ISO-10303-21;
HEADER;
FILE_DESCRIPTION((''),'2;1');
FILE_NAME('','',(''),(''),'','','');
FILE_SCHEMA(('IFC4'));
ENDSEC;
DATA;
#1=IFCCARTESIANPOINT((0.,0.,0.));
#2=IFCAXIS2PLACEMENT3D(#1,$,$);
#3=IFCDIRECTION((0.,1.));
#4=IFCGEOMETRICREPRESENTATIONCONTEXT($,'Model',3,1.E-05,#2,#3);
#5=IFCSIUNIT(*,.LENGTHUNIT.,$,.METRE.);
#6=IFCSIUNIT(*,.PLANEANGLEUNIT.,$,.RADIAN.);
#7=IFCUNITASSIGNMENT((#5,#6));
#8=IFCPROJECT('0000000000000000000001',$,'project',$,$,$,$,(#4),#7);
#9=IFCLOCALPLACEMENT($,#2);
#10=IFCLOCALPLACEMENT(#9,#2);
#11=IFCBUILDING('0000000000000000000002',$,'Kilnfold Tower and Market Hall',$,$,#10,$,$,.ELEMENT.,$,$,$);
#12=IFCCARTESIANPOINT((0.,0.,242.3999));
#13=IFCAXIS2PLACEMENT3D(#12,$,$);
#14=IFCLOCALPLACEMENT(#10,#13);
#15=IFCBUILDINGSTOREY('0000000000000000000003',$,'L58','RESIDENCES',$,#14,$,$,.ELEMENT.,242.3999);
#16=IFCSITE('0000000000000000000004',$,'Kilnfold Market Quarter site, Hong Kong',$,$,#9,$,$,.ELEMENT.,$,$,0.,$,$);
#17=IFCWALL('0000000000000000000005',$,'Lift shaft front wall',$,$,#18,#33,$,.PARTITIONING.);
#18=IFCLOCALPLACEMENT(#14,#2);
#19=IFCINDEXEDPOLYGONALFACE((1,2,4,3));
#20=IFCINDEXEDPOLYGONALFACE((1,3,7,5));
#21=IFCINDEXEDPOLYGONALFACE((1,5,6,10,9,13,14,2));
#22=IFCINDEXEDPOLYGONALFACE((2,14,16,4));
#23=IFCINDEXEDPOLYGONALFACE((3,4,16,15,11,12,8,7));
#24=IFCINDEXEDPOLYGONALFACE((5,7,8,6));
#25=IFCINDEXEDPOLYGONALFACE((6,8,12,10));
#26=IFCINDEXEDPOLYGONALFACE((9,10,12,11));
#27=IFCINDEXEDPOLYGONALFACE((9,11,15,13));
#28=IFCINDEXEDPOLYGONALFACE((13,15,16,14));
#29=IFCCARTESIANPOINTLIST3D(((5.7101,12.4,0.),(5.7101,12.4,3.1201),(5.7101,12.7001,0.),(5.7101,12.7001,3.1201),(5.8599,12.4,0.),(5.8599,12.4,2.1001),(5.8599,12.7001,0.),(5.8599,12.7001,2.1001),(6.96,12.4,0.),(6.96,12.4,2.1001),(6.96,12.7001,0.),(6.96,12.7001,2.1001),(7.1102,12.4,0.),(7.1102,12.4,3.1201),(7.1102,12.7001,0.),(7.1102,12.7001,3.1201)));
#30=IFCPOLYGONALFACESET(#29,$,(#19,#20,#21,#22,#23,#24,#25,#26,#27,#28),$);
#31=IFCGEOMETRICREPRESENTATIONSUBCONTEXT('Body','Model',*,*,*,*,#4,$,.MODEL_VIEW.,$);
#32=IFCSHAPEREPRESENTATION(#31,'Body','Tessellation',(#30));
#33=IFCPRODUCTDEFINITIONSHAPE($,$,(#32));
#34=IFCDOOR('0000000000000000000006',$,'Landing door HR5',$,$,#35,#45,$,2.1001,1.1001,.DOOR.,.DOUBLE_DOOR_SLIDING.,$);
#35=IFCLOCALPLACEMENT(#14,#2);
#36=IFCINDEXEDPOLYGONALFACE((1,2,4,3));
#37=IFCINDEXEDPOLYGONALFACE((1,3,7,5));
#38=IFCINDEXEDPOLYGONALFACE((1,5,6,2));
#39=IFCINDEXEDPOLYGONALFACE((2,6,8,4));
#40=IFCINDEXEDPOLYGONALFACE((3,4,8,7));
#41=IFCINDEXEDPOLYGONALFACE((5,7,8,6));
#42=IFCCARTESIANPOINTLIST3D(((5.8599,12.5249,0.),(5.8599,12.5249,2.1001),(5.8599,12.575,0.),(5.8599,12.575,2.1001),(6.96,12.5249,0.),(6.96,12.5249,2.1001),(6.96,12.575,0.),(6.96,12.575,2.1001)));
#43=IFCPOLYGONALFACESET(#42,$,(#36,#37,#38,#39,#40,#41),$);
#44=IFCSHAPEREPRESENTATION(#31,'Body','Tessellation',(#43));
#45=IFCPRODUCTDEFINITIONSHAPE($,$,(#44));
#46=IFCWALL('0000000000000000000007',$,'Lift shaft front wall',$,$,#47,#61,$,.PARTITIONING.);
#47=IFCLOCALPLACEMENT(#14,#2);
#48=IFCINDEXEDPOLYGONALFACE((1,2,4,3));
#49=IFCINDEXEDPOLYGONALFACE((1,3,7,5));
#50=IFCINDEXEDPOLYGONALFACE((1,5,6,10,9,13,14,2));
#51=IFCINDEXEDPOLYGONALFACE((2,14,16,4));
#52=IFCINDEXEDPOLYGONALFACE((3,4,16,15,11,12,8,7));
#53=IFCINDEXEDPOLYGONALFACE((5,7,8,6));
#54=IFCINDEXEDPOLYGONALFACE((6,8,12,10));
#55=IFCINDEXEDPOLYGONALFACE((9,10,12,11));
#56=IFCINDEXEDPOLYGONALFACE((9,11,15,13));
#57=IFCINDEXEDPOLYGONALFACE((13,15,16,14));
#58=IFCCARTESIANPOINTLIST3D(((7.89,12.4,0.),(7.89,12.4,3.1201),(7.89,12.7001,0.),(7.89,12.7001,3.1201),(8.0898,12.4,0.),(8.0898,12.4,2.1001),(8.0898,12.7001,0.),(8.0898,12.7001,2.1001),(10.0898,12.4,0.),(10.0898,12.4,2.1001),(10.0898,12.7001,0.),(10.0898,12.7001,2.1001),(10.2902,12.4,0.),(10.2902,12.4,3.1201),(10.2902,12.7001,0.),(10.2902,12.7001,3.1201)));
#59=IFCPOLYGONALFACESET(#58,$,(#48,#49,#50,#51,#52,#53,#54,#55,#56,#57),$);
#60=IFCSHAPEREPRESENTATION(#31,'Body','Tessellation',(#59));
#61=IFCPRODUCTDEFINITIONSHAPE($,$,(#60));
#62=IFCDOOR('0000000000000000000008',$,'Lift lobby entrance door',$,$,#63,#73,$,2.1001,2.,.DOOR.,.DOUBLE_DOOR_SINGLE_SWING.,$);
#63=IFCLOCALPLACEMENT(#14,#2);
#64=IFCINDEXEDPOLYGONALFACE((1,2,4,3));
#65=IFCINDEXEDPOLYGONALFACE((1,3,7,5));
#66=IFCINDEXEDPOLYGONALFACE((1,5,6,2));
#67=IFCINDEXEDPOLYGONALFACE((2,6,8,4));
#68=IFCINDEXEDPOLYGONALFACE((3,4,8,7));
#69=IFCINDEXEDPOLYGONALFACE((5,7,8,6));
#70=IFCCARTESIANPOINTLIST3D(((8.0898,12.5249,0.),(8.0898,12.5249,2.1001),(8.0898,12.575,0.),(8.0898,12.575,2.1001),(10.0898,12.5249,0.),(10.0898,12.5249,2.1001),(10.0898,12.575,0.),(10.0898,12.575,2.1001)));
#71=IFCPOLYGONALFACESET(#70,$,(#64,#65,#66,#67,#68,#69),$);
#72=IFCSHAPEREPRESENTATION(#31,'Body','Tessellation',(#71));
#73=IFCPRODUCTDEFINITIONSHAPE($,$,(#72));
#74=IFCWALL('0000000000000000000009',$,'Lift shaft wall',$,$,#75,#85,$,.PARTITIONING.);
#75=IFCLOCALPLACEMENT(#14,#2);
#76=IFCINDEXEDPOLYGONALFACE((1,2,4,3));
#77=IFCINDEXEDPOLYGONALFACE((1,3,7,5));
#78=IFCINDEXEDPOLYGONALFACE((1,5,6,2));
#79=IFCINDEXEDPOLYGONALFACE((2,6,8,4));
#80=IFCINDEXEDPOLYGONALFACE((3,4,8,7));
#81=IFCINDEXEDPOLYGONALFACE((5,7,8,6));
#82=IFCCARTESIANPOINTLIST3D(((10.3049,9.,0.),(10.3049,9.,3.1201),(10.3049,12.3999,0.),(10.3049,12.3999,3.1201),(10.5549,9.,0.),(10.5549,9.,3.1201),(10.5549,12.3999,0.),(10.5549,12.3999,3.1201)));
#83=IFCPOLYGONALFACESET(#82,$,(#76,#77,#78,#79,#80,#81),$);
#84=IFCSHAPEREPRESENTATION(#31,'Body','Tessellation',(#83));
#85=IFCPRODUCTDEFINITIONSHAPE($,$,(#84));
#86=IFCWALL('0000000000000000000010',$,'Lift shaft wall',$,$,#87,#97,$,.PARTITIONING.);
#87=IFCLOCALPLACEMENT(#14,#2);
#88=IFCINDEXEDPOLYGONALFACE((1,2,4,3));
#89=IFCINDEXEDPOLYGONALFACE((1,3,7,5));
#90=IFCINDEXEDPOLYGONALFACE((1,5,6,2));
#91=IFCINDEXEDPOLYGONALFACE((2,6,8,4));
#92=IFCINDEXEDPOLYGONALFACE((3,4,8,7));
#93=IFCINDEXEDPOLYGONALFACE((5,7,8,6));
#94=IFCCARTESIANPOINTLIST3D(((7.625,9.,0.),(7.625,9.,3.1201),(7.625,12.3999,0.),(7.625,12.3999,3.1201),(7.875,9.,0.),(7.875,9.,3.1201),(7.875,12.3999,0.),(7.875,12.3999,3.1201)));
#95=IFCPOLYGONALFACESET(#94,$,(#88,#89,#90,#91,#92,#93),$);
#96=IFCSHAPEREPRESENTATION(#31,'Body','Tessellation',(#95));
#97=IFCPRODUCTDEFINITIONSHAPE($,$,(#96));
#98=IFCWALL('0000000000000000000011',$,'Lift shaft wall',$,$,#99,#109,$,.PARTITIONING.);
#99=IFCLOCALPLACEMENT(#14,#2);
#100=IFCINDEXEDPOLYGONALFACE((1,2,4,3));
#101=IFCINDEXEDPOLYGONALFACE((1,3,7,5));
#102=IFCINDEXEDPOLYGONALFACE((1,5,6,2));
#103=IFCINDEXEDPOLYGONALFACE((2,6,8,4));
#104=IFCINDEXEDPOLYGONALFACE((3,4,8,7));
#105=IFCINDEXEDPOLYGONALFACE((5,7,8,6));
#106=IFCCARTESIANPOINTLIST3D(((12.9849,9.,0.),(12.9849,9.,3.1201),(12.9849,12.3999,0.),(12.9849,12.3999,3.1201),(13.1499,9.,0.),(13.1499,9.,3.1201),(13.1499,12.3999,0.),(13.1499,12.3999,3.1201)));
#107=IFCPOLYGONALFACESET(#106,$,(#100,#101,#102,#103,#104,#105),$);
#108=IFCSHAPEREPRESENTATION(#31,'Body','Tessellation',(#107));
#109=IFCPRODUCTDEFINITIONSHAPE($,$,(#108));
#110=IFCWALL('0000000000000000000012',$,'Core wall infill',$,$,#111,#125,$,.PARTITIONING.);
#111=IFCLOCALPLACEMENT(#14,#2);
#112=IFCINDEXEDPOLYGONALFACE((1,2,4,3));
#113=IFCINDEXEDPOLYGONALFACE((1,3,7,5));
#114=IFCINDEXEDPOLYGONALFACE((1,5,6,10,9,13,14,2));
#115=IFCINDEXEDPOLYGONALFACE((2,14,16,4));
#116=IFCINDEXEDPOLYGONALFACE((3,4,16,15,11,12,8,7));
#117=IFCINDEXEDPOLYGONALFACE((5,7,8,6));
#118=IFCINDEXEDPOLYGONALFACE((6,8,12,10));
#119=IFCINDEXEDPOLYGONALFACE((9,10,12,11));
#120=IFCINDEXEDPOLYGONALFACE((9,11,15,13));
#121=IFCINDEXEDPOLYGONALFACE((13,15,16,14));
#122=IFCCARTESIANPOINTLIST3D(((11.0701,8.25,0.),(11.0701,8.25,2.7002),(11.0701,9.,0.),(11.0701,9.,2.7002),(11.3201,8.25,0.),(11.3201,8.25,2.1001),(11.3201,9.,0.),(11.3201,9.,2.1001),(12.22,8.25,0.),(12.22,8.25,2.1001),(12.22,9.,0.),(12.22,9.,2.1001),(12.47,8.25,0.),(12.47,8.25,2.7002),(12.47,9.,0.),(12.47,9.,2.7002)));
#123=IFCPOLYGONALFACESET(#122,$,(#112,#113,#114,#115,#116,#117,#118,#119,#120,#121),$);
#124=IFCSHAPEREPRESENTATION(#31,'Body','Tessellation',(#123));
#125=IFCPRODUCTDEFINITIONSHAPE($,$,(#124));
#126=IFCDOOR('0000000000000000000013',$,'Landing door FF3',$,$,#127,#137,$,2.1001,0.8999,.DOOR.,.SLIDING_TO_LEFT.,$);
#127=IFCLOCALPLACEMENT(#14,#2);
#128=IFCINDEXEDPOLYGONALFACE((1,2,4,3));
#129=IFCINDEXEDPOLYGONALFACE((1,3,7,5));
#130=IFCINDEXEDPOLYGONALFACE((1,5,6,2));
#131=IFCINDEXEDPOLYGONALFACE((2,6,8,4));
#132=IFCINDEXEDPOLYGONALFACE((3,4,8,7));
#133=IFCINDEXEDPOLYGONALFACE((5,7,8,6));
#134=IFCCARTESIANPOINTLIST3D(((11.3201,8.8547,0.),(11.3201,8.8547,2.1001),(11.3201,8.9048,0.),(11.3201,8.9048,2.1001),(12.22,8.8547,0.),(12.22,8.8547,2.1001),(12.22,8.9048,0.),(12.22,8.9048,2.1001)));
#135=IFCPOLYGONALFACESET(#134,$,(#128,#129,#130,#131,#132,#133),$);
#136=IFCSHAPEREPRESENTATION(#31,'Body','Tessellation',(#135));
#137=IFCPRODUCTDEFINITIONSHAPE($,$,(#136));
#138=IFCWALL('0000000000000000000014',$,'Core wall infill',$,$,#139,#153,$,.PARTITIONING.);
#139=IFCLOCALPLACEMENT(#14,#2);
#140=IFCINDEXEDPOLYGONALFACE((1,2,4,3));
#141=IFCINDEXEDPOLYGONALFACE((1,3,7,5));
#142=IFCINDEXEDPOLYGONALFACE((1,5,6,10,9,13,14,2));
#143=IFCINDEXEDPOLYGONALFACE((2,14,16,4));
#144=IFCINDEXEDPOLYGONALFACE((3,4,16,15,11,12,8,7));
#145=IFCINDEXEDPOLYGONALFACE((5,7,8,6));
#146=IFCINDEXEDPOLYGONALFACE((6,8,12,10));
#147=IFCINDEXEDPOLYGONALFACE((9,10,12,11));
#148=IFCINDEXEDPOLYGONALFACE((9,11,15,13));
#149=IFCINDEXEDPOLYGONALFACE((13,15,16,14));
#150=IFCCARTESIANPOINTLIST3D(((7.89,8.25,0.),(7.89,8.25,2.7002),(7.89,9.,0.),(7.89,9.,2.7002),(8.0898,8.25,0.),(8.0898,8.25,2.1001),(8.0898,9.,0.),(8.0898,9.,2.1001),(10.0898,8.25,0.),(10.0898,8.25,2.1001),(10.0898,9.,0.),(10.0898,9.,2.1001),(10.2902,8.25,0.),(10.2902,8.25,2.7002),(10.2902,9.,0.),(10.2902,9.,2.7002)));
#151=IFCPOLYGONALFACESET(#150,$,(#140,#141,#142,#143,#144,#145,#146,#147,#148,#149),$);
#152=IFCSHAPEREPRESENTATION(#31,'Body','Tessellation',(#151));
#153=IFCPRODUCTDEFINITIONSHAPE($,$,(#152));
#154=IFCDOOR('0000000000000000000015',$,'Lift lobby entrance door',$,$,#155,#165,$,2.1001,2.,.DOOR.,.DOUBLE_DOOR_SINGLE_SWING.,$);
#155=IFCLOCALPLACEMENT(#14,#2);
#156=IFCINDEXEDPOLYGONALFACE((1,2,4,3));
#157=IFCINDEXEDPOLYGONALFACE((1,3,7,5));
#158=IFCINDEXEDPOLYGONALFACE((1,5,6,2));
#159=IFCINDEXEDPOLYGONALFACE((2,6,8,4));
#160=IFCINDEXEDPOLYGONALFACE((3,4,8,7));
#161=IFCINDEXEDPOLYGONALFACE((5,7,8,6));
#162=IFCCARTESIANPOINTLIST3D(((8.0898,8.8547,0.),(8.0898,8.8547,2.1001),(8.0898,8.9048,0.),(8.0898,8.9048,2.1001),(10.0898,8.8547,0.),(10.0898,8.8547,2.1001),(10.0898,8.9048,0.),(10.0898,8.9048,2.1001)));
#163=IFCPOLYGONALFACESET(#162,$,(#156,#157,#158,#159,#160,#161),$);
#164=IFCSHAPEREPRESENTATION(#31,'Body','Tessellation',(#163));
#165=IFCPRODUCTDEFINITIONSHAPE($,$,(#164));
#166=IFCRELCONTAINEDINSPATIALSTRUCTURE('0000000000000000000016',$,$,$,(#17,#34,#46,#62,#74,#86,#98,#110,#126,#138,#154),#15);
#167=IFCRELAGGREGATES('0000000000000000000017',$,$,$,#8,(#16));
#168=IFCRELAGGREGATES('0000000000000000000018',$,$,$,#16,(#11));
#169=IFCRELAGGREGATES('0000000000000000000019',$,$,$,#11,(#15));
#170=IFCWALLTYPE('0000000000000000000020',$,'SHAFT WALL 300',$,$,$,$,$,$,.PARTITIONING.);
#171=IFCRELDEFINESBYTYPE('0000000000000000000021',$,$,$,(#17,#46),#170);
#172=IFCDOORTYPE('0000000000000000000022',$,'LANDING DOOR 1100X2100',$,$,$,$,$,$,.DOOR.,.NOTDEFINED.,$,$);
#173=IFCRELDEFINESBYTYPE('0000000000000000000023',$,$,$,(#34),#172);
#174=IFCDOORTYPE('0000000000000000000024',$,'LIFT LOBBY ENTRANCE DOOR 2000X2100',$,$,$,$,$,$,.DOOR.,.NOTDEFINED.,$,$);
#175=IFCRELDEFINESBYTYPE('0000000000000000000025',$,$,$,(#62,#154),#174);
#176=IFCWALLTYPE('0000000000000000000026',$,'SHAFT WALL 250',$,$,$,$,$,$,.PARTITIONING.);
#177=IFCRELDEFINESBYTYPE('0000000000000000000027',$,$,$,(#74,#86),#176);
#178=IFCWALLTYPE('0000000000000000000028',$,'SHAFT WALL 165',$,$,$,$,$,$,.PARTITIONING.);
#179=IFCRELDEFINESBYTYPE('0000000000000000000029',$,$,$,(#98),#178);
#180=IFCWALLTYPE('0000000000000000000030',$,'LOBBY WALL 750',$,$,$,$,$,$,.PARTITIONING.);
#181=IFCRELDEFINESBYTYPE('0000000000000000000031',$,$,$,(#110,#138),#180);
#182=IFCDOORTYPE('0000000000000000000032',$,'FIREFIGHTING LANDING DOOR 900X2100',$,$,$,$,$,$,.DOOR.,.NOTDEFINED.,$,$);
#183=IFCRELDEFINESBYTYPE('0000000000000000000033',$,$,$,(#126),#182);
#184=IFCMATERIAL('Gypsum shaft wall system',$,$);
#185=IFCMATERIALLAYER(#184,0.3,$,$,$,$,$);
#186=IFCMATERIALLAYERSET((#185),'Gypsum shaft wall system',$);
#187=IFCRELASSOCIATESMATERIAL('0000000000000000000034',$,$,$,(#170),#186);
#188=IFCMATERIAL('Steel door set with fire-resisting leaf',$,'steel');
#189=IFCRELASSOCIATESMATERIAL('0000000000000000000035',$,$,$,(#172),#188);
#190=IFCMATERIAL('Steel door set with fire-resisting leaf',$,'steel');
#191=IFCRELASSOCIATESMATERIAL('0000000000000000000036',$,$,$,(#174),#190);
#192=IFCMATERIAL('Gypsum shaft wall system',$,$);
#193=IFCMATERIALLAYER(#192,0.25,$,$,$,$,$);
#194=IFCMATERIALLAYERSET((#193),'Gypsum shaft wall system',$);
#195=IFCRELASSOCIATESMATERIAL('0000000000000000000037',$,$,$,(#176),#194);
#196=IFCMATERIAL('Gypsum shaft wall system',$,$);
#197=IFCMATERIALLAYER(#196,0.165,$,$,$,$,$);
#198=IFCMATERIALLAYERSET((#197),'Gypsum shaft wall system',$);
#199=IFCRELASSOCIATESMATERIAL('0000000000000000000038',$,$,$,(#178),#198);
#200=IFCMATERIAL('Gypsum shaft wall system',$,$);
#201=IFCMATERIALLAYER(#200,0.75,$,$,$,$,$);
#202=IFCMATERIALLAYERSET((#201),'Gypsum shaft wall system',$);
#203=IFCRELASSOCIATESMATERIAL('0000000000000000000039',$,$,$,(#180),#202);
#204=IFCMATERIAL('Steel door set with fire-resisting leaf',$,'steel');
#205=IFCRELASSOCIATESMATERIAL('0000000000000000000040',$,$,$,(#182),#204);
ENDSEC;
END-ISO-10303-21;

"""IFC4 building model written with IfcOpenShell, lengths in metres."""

from ifc_helpers import new_model, si_unit, direction, frame, frame_2d, origin, place, context, subcontext, project, spatial, rectangle, extrude, source, transform, mapped, material, layer, layer_set, type_object, element, fill, save


model = new_model("IFC4")

# Units and contexts
model_context = context("Model", 3, precision=1e-05, world=origin(), true_north=direction((0.0, 1.0)))
body_context = subcontext(model_context, "Body", "Model", "MODEL_VIEW")
ifc_project = project(units=[si_unit("LENGTHUNIT", "METRE"), si_unit("PLANEANGLEUNIT", "RADIAN")], contexts=[model_context])

# Site, building, storey
site_placement = place(None, origin())
site = spatial("IfcSite", under=ifc_project, at=site_placement, Name="Kilnfold Market Quarter site, Hong Kong", CompositionType="ELEMENT", RefElevation=0.0)
building_placement = place(site_placement, origin())
building = spatial("IfcBuilding", under=site, at=building_placement, Name="Kilnfold Tower and Market Hall", CompositionType="ELEMENT")
storey_placement = place(building_placement, frame((0.0, 0.0, 242.3999)))
storey = spatial("IfcBuildingStorey", under=building, at=storey_placement, Name="L58", Description="RESIDENCES", CompositionType="ELEMENT", Elevation=242.3999)

# Walls, openings, doors
ifc_material_1 = material(Name="Gypsum shaft wall system")
ifc_layer_1 = layer(ifc_material_1, 0.3)
ifc_layer_set_1 = layer_set([ifc_layer_1], Name="Gypsum shaft wall system")
wall_type_1 = type_object("IfcWallType", Name="SHAFT WALL 300", PredefinedType="PARTITIONING", material=ifc_layer_set_1)
shared_shape_1 = source(origin(), body_context, "Body", "SweptSolid", [
    extrude(rectangle(XDim=1.4001, YDim=0.3, at=frame_2d((0.7002, 0.0))), origin(), (0.0, 0.0, 1.0), 3.1201),
])
wall_1_placement = place(storey_placement, frame((5.71, 12.55, 0.0), z_axis=(0.0, 0.0, 1.0), x_axis=(1.0, 0.0, 0.0)))
wall_1 = element("IfcWall", 1, at=wall_1_placement, inside=storey, type_object=wall_type_1, Name="Lift shaft front wall", PredefinedType="PARTITIONING", context=body_context, shape_type="MappedRepresentation", body=[
    mapped(shared_shape_1, transform((0.0, 0.0, 0.0))),
])
opening_1_placement = place(wall_1_placement, frame((0.1499, 0.0, 0.0)))
opening_1 = element("IfcOpeningElement", 2, at=opening_1_placement, cuts=wall_1, PredefinedType="OPENING", context=body_context, shape_type="SweptSolid", body=[
    extrude(rectangle(XDim=1.1001, YDim=2.1001, at=frame_2d((0.55, 1.05))), frame((0.0, 0.1602, 0.0), z_axis=(0.0, -1.0, 0.0), x_axis=(1.0, 0.0, 0.0)), (0.0, 0.0, 1.0), 0.3201),
])
ifc_material_2 = material(Name="Steel door set with fire-resisting leaf", Category="steel")
door_type_1 = type_object("IfcDoorType", Name="LANDING DOOR 1100X2100", OperationType="NOTDEFINED", PredefinedType="DOOR", material=ifc_material_2)
door_1_placement = place(opening_1_placement, origin())
door_1 = element("IfcDoor", 3, at=door_1_placement, inside=storey, type_object=door_type_1, Name="Landing door HR5", OperationType="DOUBLE_DOOR_SLIDING", OverallHeight=2.1001, OverallWidth=1.1001, PredefinedType="DOOR", context=body_context, shape_type="SweptSolid", body=[
    extrude(rectangle(XDim=1.1001, YDim=2.1001, at=frame_2d((0.55, 1.05))), frame((0.0, 0.0249, 0.0), z_axis=(0.0, -1.0, 0.0), x_axis=(1.0, 0.0, 0.0)), (0.0, 0.0, 1.0), 0.05),
])
fill(opening_1, door_1)
shared_shape_2 = source(origin(), body_context, "Body", "SweptSolid", [
    extrude(rectangle(XDim=2.4001, YDim=0.3, at=frame_2d((1.2002, 0.0))), origin(), (0.0, 0.0, 1.0), 3.1201),
])
wall_2_placement = place(storey_placement, frame((7.8899, 12.55, 0.0), z_axis=(0.0, 0.0, 1.0), x_axis=(1.0, 0.0, 0.0)))
wall_2 = element("IfcWall", 4, at=wall_2_placement, inside=storey, type_object=wall_type_1, Name="Lift shaft front wall", PredefinedType="PARTITIONING", context=body_context, shape_type="MappedRepresentation", body=[
    mapped(shared_shape_2, transform((0.0, 0.0, 0.0))),
])
opening_2_placement = place(wall_2_placement, frame((0.2, 0.0, 0.0)))
opening_2 = element("IfcOpeningElement", 5, at=opening_2_placement, cuts=wall_2, PredefinedType="OPENING", context=body_context, shape_type="SweptSolid", body=[
    extrude(rectangle(XDim=2.0, YDim=2.1001, at=frame_2d((1.0, 1.05))), frame((0.0, 0.1602, 0.0), z_axis=(0.0, -1.0, 0.0), x_axis=(1.0, 0.0, 0.0)), (0.0, 0.0, 1.0), 0.3201),
])
ifc_material_3 = material(Name="Steel door set with fire-resisting leaf", Category="steel")
door_type_2 = type_object("IfcDoorType", Name="LIFT LOBBY ENTRANCE DOOR 2000X2100", OperationType="NOTDEFINED", PredefinedType="DOOR", material=ifc_material_3)
door_2_placement = place(opening_2_placement, origin())
door_2 = element("IfcDoor", 6, at=door_2_placement, inside=storey, type_object=door_type_2, Name="Lift lobby entrance door", OperationType="DOUBLE_DOOR_SINGLE_SWING", OverallHeight=2.1001, OverallWidth=2.0, PredefinedType="DOOR", context=body_context, shape_type="SweptSolid", body=[
    extrude(rectangle(XDim=2.0, YDim=2.1001, at=frame_2d((1.0, 1.05))), frame((0.0, 0.0249, 0.0), z_axis=(0.0, -1.0, 0.0), x_axis=(1.0, 0.0, 0.0)), (0.0, 0.0, 1.0), 0.05),
])
fill(opening_2, door_2)

# Walls
ifc_material_4 = material(Name="Gypsum shaft wall system")
ifc_layer_2 = layer(ifc_material_4, 0.25)
ifc_layer_set_2 = layer_set([ifc_layer_2], Name="Gypsum shaft wall system")
wall_type_2 = type_object("IfcWallType", Name="SHAFT WALL 250", PredefinedType="PARTITIONING", material=ifc_layer_set_2)
shared_shape_3 = source(origin(), body_context, "Body", "SweptSolid", [
    extrude(rectangle(XDim=3.3999, YDim=0.25, at=frame_2d((1.7, 0.0))), origin(), (0.0, 0.0, 1.0), 3.1201),
])
for number, where, z_axis, x_axis, name in (
    (7, (10.4299, 9.0, 0.0), (0.0, 0.0, 1.0), (0.0, 1.0, 0.0), "Lift shaft wall"),
    (8, (7.75, 9.0, 0.0), (0.0, 0.0, 1.0), (0.0, 1.0, 0.0), "Lift shaft wall"),
):
    element("IfcWall", number, at=place(storey_placement, frame(where, z_axis=z_axis, x_axis=x_axis)), inside=storey, type_object=wall_type_2, Name=name, PredefinedType="PARTITIONING", context=body_context, shape_type="MappedRepresentation", body=[
        mapped(shared_shape_3, transform((0.0, 0.0, 0.0))),
    ])
ifc_material_5 = material(Name="Gypsum shaft wall system")
ifc_layer_3 = layer(ifc_material_5, 0.165)
ifc_layer_set_3 = layer_set([ifc_layer_3], Name="Gypsum shaft wall system")
wall_type_3 = type_object("IfcWallType", Name="SHAFT WALL 165", PredefinedType="PARTITIONING", material=ifc_layer_set_3)
shared_shape_4 = source(origin(), body_context, "Body", "SweptSolid", [
    extrude(rectangle(XDim=3.3999, YDim=0.165, at=frame_2d((1.7, 0.0))), origin(), (0.0, 0.0, 1.0), 3.1201),
])
wall_3_placement = place(storey_placement, frame((13.0674, 9.0, 0.0), z_axis=(0.0, 0.0, 1.0), x_axis=(0.0, 1.0, 0.0)))
element("IfcWall", 9, at=wall_3_placement, inside=storey, type_object=wall_type_3, Name="Lift shaft wall", PredefinedType="PARTITIONING", context=body_context, shape_type="MappedRepresentation", body=[
    mapped(shared_shape_4, transform((0.0, 0.0, 0.0))),
])

# Walls, openings, doors
ifc_material_6 = material(Name="Gypsum shaft wall system")
ifc_layer_4 = layer(ifc_material_6, 0.75)
ifc_layer_set_4 = layer_set([ifc_layer_4], Name="Gypsum shaft wall system")
wall_type_4 = type_object("IfcWallType", Name="LOBBY WALL 750", PredefinedType="PARTITIONING", material=ifc_layer_set_4)
shared_shape_5 = source(origin(), body_context, "Body", "SweptSolid", [
    extrude(rectangle(XDim=1.3999, YDim=0.75, at=frame_2d((0.7, 0.0))), origin(), (0.0, 0.0, 1.0), 2.7002),
])
wall_4_placement = place(storey_placement, frame((11.0701, 8.625, 0.0), z_axis=(0.0, 0.0, 1.0), x_axis=(1.0, 0.0, 0.0)))
wall_4 = element("IfcWall", 10, at=wall_4_placement, inside=storey, type_object=wall_type_4, Name="Core wall infill", PredefinedType="PARTITIONING", context=body_context, shape_type="MappedRepresentation", body=[
    mapped(shared_shape_5, transform((0.0, 0.0, 0.0))),
])
opening_3_placement = place(wall_4_placement, frame((0.25, 0.0, 0.0)))
opening_3 = element("IfcOpeningElement", 11, at=opening_3_placement, cuts=wall_4, PredefinedType="OPENING", context=body_context, shape_type="SweptSolid", body=[
    extrude(rectangle(XDim=0.8999, YDim=2.1001, at=frame_2d((0.45, 1.05))), frame((0.0, 0.385, 0.0), z_axis=(0.0, -1.0, 0.0), x_axis=(1.0, 0.0, 0.0)), (0.0, 0.0, 1.0), 0.77),
])
ifc_material_7 = material(Name="Steel door set with fire-resisting leaf", Category="steel")
door_type_3 = type_object("IfcDoorType", Name="FIREFIGHTING LANDING DOOR 900X2100", OperationType="NOTDEFINED", PredefinedType="DOOR", material=ifc_material_7)
door_3_placement = place(opening_3_placement, origin())
door_3 = element("IfcDoor", 12, at=door_3_placement, inside=storey, type_object=door_type_3, Name="Landing door FF3", OperationType="SLIDING_TO_LEFT", OverallHeight=2.1001, OverallWidth=0.8999, PredefinedType="DOOR", context=body_context, shape_type="SweptSolid", body=[
    extrude(rectangle(XDim=0.8999, YDim=2.1001, at=frame_2d((0.45, 1.05))), frame((0.0, 0.2798, 0.0), z_axis=(0.0, -1.0, 0.0), x_axis=(1.0, 0.0, 0.0)), (0.0, 0.0, 1.0), 0.05),
])
fill(opening_3, door_3)
shared_shape_6 = source(origin(), body_context, "Body", "SweptSolid", [
    extrude(rectangle(XDim=2.4001, YDim=0.75, at=frame_2d((1.2002, 0.0))), origin(), (0.0, 0.0, 1.0), 2.7002),
])
wall_5_placement = place(storey_placement, frame((7.8899, 8.625, 0.0), z_axis=(0.0, 0.0, 1.0), x_axis=(1.0, 0.0, 0.0)))
wall_5 = element("IfcWall", 13, at=wall_5_placement, inside=storey, type_object=wall_type_4, Name="Core wall infill", PredefinedType="PARTITIONING", context=body_context, shape_type="MappedRepresentation", body=[
    mapped(shared_shape_6, transform((0.0, 0.0, 0.0))),
])
opening_4_placement = place(wall_5_placement, frame((0.2, 0.0, 0.0)))
opening_4 = element("IfcOpeningElement", 14, at=opening_4_placement, cuts=wall_5, PredefinedType="OPENING", context=body_context, shape_type="SweptSolid", body=[
    extrude(rectangle(XDim=2.0, YDim=2.1001, at=frame_2d((1.0, 1.05))), frame((0.0, 0.385, 0.0), z_axis=(0.0, -1.0, 0.0), x_axis=(1.0, 0.0, 0.0)), (0.0, 0.0, 1.0), 0.77),
])
door_4_placement = place(opening_4_placement, origin())
door_4 = element("IfcDoor", 15, at=door_4_placement, inside=storey, type_object=door_type_2, Name="Lift lobby entrance door", OperationType="DOUBLE_DOOR_SINGLE_SWING", OverallHeight=2.1001, OverallWidth=2.0, PredefinedType="DOOR", context=body_context, shape_type="SweptSolid", body=[
    extrude(rectangle(XDim=2.0, YDim=2.1001, at=frame_2d((1.0, 1.05))), frame((0.0, 0.2798, 0.0), z_axis=(0.0, -1.0, 0.0), x_axis=(1.0, 0.0, 0.0)), (0.0, 0.0, 1.0), 0.05),
])
fill(opening_4, door_4)

save(model, "model.ifc")
